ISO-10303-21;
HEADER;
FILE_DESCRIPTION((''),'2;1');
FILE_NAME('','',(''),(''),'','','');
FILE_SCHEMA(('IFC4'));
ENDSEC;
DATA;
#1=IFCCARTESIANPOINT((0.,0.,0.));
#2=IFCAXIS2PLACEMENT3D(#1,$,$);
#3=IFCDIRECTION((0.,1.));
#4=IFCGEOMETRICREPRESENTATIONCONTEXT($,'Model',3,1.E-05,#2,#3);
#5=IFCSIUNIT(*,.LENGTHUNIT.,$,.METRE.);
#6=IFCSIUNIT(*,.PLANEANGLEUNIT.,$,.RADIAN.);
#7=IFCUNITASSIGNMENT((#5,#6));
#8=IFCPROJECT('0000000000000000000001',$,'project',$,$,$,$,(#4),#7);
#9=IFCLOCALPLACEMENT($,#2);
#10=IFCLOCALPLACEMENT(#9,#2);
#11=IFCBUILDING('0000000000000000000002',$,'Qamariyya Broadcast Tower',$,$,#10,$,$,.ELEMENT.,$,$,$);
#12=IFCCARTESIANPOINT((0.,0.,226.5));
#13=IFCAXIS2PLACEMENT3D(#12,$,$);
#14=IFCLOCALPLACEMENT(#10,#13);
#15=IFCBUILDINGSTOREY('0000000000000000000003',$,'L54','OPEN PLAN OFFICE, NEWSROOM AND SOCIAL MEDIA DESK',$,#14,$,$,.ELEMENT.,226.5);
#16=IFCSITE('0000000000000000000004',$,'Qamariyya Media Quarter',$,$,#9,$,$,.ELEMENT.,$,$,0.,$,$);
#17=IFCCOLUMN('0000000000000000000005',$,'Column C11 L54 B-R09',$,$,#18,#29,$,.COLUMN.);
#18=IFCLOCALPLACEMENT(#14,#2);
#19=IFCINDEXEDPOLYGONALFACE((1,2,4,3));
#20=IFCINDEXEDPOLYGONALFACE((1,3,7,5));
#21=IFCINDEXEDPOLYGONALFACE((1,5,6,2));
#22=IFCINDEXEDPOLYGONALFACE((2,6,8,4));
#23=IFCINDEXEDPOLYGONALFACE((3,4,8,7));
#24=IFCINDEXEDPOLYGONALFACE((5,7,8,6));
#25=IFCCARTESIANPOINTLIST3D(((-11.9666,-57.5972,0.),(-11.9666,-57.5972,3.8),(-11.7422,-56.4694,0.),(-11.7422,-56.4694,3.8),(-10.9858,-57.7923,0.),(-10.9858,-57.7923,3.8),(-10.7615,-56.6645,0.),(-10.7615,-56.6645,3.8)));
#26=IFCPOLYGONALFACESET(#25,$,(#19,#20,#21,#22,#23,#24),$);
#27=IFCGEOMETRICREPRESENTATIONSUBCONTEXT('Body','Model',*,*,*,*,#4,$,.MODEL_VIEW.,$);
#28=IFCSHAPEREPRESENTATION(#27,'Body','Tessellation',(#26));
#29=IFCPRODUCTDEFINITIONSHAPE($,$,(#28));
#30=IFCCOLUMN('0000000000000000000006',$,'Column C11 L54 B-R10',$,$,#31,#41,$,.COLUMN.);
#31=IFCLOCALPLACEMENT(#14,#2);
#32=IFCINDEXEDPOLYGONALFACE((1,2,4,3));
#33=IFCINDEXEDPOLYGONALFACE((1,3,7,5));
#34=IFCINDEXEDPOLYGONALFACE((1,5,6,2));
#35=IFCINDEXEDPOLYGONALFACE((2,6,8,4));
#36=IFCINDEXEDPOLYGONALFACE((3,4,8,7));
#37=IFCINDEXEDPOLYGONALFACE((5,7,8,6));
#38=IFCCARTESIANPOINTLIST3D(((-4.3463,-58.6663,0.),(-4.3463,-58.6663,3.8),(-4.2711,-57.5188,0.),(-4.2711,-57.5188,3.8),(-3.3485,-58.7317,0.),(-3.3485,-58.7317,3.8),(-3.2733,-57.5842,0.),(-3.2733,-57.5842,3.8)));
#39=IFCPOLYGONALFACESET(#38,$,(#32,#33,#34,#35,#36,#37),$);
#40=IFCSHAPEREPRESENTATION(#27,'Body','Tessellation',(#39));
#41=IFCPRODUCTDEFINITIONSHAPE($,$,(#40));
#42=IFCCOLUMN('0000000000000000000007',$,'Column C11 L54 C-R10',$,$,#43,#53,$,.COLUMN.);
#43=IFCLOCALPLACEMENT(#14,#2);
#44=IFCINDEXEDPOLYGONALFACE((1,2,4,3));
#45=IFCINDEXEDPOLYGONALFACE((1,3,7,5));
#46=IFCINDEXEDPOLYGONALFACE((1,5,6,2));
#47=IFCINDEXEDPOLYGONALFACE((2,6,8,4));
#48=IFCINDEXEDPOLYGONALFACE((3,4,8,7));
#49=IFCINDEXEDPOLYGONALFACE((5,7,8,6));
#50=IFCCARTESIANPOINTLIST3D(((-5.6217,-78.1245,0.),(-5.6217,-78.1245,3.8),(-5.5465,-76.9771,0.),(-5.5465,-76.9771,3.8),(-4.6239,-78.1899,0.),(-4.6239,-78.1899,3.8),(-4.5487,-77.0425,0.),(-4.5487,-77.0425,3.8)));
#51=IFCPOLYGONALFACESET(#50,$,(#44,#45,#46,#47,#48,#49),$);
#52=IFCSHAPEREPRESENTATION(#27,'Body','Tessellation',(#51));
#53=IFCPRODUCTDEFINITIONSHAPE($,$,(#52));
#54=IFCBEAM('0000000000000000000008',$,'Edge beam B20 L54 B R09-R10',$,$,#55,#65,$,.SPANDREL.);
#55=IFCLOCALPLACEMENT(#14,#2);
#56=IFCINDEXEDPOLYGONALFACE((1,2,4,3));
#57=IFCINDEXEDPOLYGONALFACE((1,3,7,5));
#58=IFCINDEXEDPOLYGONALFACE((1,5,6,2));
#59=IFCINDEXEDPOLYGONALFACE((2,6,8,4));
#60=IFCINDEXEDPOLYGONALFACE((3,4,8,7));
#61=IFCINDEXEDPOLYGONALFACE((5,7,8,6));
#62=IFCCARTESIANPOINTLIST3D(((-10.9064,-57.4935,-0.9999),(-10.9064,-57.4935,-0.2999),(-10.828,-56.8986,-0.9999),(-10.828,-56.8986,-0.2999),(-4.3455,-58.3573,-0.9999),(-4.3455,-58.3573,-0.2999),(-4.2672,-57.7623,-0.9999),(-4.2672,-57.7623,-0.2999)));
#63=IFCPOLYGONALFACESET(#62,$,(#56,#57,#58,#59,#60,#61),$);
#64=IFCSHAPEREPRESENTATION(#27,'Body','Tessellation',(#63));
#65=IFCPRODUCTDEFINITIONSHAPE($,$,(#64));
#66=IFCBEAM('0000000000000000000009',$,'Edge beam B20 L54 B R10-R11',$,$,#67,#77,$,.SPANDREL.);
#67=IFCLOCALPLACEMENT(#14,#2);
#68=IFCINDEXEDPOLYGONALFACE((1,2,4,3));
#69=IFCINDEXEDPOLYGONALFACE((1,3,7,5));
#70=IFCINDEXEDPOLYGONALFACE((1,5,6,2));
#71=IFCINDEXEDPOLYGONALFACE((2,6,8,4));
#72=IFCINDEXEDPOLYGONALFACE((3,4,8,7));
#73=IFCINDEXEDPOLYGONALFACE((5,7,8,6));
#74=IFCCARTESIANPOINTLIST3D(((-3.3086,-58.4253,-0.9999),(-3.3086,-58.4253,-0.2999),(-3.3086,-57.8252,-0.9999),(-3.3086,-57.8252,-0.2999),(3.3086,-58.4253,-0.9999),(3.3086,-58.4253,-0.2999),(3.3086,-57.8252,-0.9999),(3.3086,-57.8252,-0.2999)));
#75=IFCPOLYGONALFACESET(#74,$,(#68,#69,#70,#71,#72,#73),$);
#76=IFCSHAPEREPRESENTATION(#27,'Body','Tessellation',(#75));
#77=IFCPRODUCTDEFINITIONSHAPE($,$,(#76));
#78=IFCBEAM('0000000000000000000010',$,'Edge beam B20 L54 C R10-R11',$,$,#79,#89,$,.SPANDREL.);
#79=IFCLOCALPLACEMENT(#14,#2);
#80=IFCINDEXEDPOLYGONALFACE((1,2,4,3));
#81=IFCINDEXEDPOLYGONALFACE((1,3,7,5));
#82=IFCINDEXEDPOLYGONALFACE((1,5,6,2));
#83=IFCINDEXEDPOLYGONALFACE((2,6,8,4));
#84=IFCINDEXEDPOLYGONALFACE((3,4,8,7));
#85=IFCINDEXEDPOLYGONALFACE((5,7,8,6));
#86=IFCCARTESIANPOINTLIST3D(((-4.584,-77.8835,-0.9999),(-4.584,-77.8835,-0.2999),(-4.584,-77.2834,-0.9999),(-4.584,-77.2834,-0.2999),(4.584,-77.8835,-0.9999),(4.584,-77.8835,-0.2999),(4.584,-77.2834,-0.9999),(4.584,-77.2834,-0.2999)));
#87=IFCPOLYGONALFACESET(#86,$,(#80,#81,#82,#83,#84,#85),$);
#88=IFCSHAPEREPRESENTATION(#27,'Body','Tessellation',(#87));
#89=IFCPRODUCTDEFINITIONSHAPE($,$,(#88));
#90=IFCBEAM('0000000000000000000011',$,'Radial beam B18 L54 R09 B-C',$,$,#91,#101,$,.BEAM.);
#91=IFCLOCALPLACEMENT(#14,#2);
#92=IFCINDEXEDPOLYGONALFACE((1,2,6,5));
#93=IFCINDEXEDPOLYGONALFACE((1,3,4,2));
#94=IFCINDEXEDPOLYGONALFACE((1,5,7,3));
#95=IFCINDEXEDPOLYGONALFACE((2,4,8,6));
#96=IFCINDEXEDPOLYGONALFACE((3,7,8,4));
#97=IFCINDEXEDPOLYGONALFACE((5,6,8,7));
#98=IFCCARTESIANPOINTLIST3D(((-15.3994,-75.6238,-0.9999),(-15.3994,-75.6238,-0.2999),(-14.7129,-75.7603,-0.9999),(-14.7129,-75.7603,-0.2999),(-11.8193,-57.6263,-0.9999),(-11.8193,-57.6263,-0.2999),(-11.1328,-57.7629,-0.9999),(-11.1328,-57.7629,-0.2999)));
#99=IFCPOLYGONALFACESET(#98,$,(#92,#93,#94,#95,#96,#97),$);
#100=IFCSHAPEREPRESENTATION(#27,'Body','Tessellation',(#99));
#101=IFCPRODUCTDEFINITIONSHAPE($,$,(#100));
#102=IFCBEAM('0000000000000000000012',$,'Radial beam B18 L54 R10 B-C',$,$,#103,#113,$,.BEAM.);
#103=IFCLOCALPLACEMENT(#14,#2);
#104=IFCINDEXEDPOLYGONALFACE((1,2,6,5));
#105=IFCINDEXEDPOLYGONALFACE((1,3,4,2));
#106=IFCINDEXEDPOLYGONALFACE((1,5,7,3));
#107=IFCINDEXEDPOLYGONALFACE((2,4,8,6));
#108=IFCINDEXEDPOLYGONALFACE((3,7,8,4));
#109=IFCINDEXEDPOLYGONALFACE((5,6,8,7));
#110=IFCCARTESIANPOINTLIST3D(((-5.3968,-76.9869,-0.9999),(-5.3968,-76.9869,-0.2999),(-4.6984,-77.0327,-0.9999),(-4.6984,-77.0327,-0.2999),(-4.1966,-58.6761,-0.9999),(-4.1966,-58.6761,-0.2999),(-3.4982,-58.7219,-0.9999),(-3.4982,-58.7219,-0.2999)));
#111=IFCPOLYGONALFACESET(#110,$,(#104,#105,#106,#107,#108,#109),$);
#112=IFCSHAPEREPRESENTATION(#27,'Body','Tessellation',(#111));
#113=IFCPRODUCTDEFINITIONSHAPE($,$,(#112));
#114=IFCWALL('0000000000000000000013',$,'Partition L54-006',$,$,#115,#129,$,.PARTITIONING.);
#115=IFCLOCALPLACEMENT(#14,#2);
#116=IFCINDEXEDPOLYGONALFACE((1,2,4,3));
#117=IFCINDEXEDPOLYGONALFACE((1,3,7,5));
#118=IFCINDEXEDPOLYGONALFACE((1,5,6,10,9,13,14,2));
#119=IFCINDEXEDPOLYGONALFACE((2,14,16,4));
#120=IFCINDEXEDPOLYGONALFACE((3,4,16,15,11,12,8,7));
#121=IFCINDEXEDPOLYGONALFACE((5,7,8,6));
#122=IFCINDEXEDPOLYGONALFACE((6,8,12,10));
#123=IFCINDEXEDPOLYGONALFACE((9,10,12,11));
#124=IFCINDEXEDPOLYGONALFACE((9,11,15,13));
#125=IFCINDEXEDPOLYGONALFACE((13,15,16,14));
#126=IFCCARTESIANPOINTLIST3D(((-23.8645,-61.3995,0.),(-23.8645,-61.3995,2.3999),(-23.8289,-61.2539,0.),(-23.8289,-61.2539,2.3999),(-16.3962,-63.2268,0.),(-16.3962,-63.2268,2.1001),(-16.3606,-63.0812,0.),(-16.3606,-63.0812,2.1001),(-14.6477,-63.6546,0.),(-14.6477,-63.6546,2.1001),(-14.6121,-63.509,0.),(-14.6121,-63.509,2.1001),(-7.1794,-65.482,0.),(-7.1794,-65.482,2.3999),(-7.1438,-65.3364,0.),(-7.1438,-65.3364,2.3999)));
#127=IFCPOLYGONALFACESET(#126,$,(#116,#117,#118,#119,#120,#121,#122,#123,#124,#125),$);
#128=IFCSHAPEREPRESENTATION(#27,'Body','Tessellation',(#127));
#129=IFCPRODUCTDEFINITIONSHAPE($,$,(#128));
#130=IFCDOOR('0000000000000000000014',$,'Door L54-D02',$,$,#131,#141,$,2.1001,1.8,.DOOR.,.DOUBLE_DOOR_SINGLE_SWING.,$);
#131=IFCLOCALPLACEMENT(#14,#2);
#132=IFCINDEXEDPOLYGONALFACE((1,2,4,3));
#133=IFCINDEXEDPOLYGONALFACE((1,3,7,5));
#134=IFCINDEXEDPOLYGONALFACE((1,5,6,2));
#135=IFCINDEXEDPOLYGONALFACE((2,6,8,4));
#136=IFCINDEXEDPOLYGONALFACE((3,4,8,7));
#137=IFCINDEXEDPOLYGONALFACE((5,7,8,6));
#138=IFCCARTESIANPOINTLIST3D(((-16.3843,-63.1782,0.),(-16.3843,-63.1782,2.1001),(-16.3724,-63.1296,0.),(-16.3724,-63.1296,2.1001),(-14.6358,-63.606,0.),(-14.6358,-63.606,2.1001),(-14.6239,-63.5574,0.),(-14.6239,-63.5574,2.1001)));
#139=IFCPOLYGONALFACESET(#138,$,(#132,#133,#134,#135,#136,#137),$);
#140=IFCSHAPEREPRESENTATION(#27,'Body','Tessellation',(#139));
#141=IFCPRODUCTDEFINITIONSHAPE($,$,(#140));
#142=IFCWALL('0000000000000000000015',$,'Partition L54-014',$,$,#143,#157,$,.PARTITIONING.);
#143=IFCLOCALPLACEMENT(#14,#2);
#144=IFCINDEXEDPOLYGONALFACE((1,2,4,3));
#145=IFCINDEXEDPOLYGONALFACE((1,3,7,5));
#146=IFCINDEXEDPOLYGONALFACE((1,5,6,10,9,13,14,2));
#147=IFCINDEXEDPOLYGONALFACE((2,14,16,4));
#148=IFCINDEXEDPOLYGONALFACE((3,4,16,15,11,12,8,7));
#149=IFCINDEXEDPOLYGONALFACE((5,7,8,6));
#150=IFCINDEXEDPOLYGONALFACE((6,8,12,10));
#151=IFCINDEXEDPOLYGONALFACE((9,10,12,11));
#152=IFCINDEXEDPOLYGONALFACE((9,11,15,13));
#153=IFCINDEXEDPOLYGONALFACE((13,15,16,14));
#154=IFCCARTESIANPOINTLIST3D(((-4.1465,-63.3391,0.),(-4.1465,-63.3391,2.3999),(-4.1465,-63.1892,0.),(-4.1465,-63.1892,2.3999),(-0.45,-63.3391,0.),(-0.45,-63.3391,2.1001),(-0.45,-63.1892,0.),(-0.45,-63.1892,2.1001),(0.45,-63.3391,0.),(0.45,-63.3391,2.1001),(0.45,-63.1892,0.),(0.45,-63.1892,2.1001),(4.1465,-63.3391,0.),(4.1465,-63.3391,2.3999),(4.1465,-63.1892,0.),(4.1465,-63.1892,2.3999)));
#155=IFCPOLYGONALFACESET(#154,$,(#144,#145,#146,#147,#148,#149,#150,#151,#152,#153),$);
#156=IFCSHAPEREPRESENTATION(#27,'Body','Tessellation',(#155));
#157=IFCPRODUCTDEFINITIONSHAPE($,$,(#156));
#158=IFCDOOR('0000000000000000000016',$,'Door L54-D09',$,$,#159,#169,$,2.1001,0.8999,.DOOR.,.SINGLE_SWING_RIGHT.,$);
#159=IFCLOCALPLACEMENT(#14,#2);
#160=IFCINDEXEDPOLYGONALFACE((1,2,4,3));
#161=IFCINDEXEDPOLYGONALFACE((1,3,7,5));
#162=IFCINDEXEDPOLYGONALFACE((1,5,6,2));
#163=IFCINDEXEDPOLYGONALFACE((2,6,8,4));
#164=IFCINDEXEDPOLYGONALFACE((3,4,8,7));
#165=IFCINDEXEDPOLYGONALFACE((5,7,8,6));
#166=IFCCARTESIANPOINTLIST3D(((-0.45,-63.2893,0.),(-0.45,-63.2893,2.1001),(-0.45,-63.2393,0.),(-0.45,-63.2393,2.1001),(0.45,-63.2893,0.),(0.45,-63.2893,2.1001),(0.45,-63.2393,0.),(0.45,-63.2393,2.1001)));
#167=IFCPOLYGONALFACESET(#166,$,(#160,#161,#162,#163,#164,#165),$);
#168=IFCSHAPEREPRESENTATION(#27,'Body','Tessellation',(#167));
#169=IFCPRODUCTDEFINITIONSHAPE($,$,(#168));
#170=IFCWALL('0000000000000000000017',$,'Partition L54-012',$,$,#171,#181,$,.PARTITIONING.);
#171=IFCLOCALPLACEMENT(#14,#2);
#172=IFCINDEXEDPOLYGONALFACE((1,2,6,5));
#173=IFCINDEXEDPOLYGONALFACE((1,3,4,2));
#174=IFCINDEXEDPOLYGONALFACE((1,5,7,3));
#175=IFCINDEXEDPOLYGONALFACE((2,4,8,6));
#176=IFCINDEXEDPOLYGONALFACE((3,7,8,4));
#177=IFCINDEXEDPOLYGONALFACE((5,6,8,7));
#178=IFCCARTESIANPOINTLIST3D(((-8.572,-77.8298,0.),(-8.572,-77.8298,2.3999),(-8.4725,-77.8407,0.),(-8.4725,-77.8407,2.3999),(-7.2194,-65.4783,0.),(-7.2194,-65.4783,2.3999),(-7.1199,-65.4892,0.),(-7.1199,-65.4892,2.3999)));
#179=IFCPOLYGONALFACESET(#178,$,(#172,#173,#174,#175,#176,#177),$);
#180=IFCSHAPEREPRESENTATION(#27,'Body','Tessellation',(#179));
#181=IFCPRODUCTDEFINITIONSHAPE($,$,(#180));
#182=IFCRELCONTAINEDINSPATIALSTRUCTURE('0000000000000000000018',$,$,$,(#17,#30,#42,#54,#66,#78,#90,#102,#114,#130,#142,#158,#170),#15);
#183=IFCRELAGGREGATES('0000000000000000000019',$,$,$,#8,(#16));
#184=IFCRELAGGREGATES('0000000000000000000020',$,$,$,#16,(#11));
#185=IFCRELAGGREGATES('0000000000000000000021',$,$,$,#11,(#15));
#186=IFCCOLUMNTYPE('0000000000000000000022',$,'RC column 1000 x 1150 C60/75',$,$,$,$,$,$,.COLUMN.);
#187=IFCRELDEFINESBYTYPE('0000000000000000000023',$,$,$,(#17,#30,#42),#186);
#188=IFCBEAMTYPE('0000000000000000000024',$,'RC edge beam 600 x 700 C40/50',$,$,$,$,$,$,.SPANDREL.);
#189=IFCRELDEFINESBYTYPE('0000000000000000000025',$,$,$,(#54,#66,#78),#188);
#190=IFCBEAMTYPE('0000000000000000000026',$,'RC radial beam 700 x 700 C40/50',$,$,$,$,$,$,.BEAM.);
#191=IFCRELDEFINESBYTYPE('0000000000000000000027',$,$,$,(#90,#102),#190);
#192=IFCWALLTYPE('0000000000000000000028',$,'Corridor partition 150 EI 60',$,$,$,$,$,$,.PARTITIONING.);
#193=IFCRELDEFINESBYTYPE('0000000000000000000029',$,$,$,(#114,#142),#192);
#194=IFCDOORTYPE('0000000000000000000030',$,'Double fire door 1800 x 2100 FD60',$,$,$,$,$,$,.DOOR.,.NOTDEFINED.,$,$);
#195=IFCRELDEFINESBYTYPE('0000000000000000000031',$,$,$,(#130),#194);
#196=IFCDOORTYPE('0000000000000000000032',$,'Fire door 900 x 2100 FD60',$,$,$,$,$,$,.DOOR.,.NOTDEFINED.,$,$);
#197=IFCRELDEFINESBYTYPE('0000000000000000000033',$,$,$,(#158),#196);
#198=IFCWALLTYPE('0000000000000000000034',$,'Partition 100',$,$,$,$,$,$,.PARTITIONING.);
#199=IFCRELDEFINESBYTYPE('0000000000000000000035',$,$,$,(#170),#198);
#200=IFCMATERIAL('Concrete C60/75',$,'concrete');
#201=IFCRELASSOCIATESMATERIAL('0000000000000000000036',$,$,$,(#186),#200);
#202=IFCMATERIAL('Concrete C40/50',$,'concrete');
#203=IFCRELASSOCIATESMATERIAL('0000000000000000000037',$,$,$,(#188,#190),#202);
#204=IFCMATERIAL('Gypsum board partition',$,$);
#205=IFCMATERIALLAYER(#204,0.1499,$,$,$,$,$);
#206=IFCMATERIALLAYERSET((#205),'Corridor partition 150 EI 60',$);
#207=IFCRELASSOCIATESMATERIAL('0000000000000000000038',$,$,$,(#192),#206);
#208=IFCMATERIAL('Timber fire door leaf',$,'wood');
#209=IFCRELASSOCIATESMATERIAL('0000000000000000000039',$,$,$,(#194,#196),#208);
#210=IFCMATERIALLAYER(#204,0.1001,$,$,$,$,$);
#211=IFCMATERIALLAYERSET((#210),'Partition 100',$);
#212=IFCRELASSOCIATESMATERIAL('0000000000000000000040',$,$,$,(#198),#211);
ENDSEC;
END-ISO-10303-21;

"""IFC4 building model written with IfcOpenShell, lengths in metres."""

from ifc_helpers import new_model, si_unit, direction, frame, frame_2d, origin, origin_2d, place, context, subcontext, project, spatial, rectangle, extrude, material, layer, layer_set, material_profile, profile_set, type_object, element, fill, save


model = new_model("IFC4")

# Units and contexts
model_context = context("Model", 3, precision=1e-05, world=origin(), true_north=direction((0.0, 1.0)))
body_context = subcontext(model_context, "Body", "Model", "MODEL_VIEW")
ifc_project = project(units=[si_unit("LENGTHUNIT", "METRE"), si_unit("PLANEANGLEUNIT", "RADIAN")], contexts=[model_context])

# Site, building, storey
site_placement = place(None, origin())
site = spatial("IfcSite", under=ifc_project, at=site_placement, Name="Qamariyya Media Quarter", CompositionType="ELEMENT", RefElevation=0.0)
building_placement = place(site_placement, origin())
building = spatial("IfcBuilding", under=site, at=building_placement, Name="Qamariyya Broadcast Tower", CompositionType="ELEMENT")
storey_placement = place(building_placement, frame((0.0, 0.0, 226.5)))
storey = spatial("IfcBuildingStorey", under=building, at=storey_placement, Name="L54", Description="OPEN PLAN OFFICE, NEWSROOM AND SOCIAL MEDIA DESK", CompositionType="ELEMENT", Elevation=226.5)

# Columns
ifc_material_1 = material(Name="Concrete C60/75", Category="concrete")
ifc_material_profile_1 = material_profile(ifc_material_1, rectangle(XDim=1.0, YDim=1.1499, at=origin_2d()))
ifc_profile_set_1 = profile_set([ifc_material_profile_1], Name="Concrete C60/75")
column_type = type_object("IfcColumnType", Name="RC column 1000 x 1150 C60/75", PredefinedType="COLUMN", material=ifc_profile_set_1)
for number, where, z_axis, x_axis, name in (
    (1, (-11.364, -57.1309, 0.0), (0.0, 0.0, 1.0), (0.980785, -0.19509, 0.0), "Column C11 L54 B-R09"),
    (2, (-3.8098, -58.1252, 0.0), (0.0, 0.0, 1.0), (0.997859, -0.065403, 0.0), "Column C11 L54 B-R10"),
    (3, (-5.0852, -77.5835, 0.0), (0.0, 0.0, 1.0), (0.997859, -0.065403, 0.0), "Column C11 L54 C-R10"),
):
    element("IfcColumn", number, at=place(storey_placement, frame(where, z_axis=z_axis, x_axis=x_axis)), inside=storey, type_object=column_type, Name=name, PredefinedType="COLUMN", context=body_context, shape_type="SweptSolid", body=[
        extrude(rectangle(XDim=1.0, YDim=1.1499, at=origin_2d()), origin(), (0.0, 0.0, 1.0), 3.8),
    ])

# Beams
ifc_material_2 = material(Name="Concrete C40/50", Category="concrete")
ifc_material_profile_2 = material_profile(ifc_material_2, rectangle(XDim=0.6001, YDim=0.7, at=origin_2d()))
ifc_profile_set_2 = profile_set([ifc_material_profile_2], Name="Concrete C40/50")
beam_type_1 = type_object("IfcBeamType", Name="RC edge beam 600 x 700 C40/50", PredefinedType="SPANDREL", material=ifc_profile_set_2)
beam_1_placement = place(storey_placement, frame((-10.8672, -57.196, -0.6499), z_axis=(0.991444, -0.13053, 0.0), x_axis=(0.13053, 0.991444, 0.0)))
element("IfcBeam", 4, at=beam_1_placement, inside=storey, type_object=beam_type_1, Name="Edge beam B20 L54 B R09-R10", PredefinedType="SPANDREL", context=body_context, shape_type="SweptSolid", body=[
    extrude(rectangle(XDim=0.6001, YDim=0.7, at=origin_2d()), origin(), (0.0, 0.0, 1.0), 6.6174),
])
beam_2_placement = place(storey_placement, frame((-3.3086, -58.1252, -0.6499), z_axis=(1.0, 0.0, 0.0), x_axis=(0.0, 1.0, 0.0)))
element("IfcBeam", 5, at=beam_2_placement, inside=storey, type_object=beam_type_1, Name="Edge beam B20 L54 B R10-R11", PredefinedType="SPANDREL", context=body_context, shape_type="SweptSolid", body=[
    extrude(rectangle(XDim=0.6001, YDim=0.7, at=origin_2d()), origin(), (0.0, 0.0, 1.0), 6.6172),
])
beam_3_placement = place(storey_placement, frame((-4.584, -77.5835, -0.6499), z_axis=(1.0, 0.0, 0.0), x_axis=(0.0, 1.0, 0.0)))
element("IfcBeam", 6, at=beam_3_placement, inside=storey, type_object=beam_type_1, Name="Edge beam B20 L54 C R10-R11", PredefinedType="SPANDREL", context=body_context, shape_type="SweptSolid", body=[
    extrude(rectangle(XDim=0.6001, YDim=0.7, at=origin_2d()), origin(), (0.0, 0.0, 1.0), 9.168),
])
ifc_material_profile_3 = material_profile(ifc_material_2, rectangle(XDim=0.7, YDim=0.7, at=origin_2d()))
ifc_profile_set_3 = profile_set([ifc_material_profile_3], Name="Concrete C40/50")
beam_type_2 = type_object("IfcBeamType", Name="RC radial beam 700 x 700 C40/50", PredefinedType="BEAM", material=ifc_profile_set_3)
for number, where, z_axis, x_axis, name in (
    (7, (-11.4761, -57.6946, -0.6499), (-0.195098, -0.980784, 0.0), (0.980784, -0.195098, 0.0), "Radial beam B18 L54 R09 B-C"),
    (8, (-3.8474, -58.699, -0.6499), (-0.065405, -0.997859, 0.0), (0.997859, -0.065405, 0.0), "Radial beam B18 L54 R10 B-C"),
):
    element("IfcBeam", number, at=place(storey_placement, frame(where, z_axis=z_axis, x_axis=x_axis)), inside=storey, type_object=beam_type_2, Name=name, PredefinedType="BEAM", context=body_context, shape_type="SweptSolid", body=[
        extrude(rectangle(XDim=0.7, YDim=0.7, at=origin_2d()), origin(), (0.0, 0.0, 1.0), 18.3501),
    ])

# Walls, openings, doors
ifc_material_3 = material(Name="Gypsum board partition")
ifc_layer_1 = layer(ifc_material_3, 0.1499)
ifc_layer_set_1 = layer_set([ifc_layer_1], Name="Corridor partition 150 EI 60")
wall_type_1 = type_object("IfcWallType", Name="Corridor partition 150 EI 60", PredefinedType="PARTITIONING", material=ifc_layer_set_1)
wall_1_placement = place(storey_placement, frame((-7.1616, -65.4092, 0.0), z_axis=(0.0, 0.0, 1.0), x_axis=(-0.971346, 0.23767, 0.0)))
wall_1 = element("IfcWall", 9, at=wall_1_placement, inside=storey, type_object=wall_type_1, Name="Partition L54-006", PredefinedType="PARTITIONING", context=body_context, shape_type="SweptSolid", body=[
    extrude(rectangle(XDim=17.1772, YDim=0.1499, at=frame_2d((8.5886, 0.0))), origin(), (0.0, 0.0, 1.0), 2.3999),
])
opening_1_placement = place(wall_1_placement, frame((7.6887, 0.0, 0.0)))
opening_1 = element("IfcOpeningElement", 10, at=opening_1_placement, cuts=wall_1, PredefinedType="OPENING", context=body_context, shape_type="SweptSolid", body=[
    extrude(rectangle(XDim=1.8, YDim=2.1001, at=frame_2d((0.8999, 1.05))), frame((0.0, 0.085, 0.0), z_axis=(0.0, -1.0, 0.0), x_axis=(1.0, 0.0, 0.0)), (0.0, 0.0, 1.0), 0.1699),
])
ifc_material_4 = material(Name="Timber fire door leaf", Category="wood")
door_type_1 = type_object("IfcDoorType", Name="Double fire door 1800 x 2100 FD60", OperationType="NOTDEFINED", PredefinedType="DOOR", material=ifc_material_4)
door_1_placement = place(opening_1_placement, origin())
door_1 = element("IfcDoor", 11, at=door_1_placement, inside=storey, type_object=door_type_1, Name="Door L54-D02", OperationType="DOUBLE_DOOR_SINGLE_SWING", OverallHeight=2.1001, OverallWidth=1.8, PredefinedType="DOOR", context=body_context, shape_type="SweptSolid", body=[
    extrude(rectangle(XDim=1.8, YDim=2.1001, at=frame_2d((0.8999, 1.05))), frame((0.0, 0.0249, 0.0), z_axis=(0.0, -1.0, 0.0), x_axis=(1.0, 0.0, 0.0)), (0.0, 0.0, 1.0), 0.05),
])
fill(opening_1, door_1)
wall_2_placement = place(storey_placement, frame((-4.1465, -63.2642, 0.0), z_axis=(0.0, 0.0, 1.0), x_axis=(1.0, 0.0, 0.0)))
wall_2 = element("IfcWall", 12, at=wall_2_placement, inside=storey, type_object=wall_type_1, Name="Partition L54-014", PredefinedType="PARTITIONING", context=body_context, shape_type="SweptSolid", body=[
    extrude(rectangle(XDim=8.293, YDim=0.1499, at=frame_2d((4.1465, 0.0))), origin(), (0.0, 0.0, 1.0), 2.3999),
])
opening_2_placement = place(wall_2_placement, frame((3.6965, 0.0, 0.0)))
opening_2 = element("IfcOpeningElement", 13, at=opening_2_placement, cuts=wall_2, PredefinedType="OPENING", context=body_context, shape_type="SweptSolid", body=[
    extrude(rectangle(XDim=0.8999, YDim=2.1001, at=frame_2d((0.45, 1.05))), frame((0.0, 0.085, 0.0), z_axis=(0.0, -1.0, 0.0), x_axis=(1.0, 0.0, 0.0)), (0.0, 0.0, 1.0), 0.1699),
])
door_type_2 = type_object("IfcDoorType", Name="Fire door 900 x 2100 FD60", OperationType="NOTDEFINED", PredefinedType="DOOR", material=ifc_material_4)
door_2_placement = place(opening_2_placement, origin())
door_2 = element("IfcDoor", 14, at=door_2_placement, inside=storey, type_object=door_type_2, Name="Door L54-D09", OperationType="SINGLE_SWING_RIGHT", OverallHeight=2.1001, OverallWidth=0.8999, PredefinedType="DOOR", context=body_context, shape_type="SweptSolid", body=[
    extrude(rectangle(XDim=0.8999, YDim=2.1001, at=frame_2d((0.45, 1.05))), frame((0.0, 0.0249, 0.0), z_axis=(0.0, -1.0, 0.0), x_axis=(1.0, 0.0, 0.0)), (0.0, 0.0, 1.0), 0.05),
])
fill(opening_2, door_2)

# Wall
ifc_layer_2 = layer(ifc_material_3, 0.1001)
ifc_layer_set_2 = layer_set([ifc_layer_2], Name="Partition 100")
wall_type_2 = type_object("IfcWallType", Name="Partition 100", PredefinedType="PARTITIONING", material=ifc_layer_set_2)
wall_3_placement = place(storey_placement, frame((-8.5222, -77.8352, 0.0), z_axis=(0.0, 0.0, 1.0), x_axis=(0.108853, 0.994058, 0.0)))
element("IfcWall", 15, at=wall_3_placement, inside=storey, type_object=wall_type_2, Name="Partition L54-012", PredefinedType="PARTITIONING", context=body_context, shape_type="SweptSolid", body=[
    extrude(rectangle(XDim=12.4253, YDim=0.1001, at=frame_2d((6.2126, 0.0))), origin(), (0.0, 0.0, 1.0), 2.3999),
])

save(model, "model.ifc")
